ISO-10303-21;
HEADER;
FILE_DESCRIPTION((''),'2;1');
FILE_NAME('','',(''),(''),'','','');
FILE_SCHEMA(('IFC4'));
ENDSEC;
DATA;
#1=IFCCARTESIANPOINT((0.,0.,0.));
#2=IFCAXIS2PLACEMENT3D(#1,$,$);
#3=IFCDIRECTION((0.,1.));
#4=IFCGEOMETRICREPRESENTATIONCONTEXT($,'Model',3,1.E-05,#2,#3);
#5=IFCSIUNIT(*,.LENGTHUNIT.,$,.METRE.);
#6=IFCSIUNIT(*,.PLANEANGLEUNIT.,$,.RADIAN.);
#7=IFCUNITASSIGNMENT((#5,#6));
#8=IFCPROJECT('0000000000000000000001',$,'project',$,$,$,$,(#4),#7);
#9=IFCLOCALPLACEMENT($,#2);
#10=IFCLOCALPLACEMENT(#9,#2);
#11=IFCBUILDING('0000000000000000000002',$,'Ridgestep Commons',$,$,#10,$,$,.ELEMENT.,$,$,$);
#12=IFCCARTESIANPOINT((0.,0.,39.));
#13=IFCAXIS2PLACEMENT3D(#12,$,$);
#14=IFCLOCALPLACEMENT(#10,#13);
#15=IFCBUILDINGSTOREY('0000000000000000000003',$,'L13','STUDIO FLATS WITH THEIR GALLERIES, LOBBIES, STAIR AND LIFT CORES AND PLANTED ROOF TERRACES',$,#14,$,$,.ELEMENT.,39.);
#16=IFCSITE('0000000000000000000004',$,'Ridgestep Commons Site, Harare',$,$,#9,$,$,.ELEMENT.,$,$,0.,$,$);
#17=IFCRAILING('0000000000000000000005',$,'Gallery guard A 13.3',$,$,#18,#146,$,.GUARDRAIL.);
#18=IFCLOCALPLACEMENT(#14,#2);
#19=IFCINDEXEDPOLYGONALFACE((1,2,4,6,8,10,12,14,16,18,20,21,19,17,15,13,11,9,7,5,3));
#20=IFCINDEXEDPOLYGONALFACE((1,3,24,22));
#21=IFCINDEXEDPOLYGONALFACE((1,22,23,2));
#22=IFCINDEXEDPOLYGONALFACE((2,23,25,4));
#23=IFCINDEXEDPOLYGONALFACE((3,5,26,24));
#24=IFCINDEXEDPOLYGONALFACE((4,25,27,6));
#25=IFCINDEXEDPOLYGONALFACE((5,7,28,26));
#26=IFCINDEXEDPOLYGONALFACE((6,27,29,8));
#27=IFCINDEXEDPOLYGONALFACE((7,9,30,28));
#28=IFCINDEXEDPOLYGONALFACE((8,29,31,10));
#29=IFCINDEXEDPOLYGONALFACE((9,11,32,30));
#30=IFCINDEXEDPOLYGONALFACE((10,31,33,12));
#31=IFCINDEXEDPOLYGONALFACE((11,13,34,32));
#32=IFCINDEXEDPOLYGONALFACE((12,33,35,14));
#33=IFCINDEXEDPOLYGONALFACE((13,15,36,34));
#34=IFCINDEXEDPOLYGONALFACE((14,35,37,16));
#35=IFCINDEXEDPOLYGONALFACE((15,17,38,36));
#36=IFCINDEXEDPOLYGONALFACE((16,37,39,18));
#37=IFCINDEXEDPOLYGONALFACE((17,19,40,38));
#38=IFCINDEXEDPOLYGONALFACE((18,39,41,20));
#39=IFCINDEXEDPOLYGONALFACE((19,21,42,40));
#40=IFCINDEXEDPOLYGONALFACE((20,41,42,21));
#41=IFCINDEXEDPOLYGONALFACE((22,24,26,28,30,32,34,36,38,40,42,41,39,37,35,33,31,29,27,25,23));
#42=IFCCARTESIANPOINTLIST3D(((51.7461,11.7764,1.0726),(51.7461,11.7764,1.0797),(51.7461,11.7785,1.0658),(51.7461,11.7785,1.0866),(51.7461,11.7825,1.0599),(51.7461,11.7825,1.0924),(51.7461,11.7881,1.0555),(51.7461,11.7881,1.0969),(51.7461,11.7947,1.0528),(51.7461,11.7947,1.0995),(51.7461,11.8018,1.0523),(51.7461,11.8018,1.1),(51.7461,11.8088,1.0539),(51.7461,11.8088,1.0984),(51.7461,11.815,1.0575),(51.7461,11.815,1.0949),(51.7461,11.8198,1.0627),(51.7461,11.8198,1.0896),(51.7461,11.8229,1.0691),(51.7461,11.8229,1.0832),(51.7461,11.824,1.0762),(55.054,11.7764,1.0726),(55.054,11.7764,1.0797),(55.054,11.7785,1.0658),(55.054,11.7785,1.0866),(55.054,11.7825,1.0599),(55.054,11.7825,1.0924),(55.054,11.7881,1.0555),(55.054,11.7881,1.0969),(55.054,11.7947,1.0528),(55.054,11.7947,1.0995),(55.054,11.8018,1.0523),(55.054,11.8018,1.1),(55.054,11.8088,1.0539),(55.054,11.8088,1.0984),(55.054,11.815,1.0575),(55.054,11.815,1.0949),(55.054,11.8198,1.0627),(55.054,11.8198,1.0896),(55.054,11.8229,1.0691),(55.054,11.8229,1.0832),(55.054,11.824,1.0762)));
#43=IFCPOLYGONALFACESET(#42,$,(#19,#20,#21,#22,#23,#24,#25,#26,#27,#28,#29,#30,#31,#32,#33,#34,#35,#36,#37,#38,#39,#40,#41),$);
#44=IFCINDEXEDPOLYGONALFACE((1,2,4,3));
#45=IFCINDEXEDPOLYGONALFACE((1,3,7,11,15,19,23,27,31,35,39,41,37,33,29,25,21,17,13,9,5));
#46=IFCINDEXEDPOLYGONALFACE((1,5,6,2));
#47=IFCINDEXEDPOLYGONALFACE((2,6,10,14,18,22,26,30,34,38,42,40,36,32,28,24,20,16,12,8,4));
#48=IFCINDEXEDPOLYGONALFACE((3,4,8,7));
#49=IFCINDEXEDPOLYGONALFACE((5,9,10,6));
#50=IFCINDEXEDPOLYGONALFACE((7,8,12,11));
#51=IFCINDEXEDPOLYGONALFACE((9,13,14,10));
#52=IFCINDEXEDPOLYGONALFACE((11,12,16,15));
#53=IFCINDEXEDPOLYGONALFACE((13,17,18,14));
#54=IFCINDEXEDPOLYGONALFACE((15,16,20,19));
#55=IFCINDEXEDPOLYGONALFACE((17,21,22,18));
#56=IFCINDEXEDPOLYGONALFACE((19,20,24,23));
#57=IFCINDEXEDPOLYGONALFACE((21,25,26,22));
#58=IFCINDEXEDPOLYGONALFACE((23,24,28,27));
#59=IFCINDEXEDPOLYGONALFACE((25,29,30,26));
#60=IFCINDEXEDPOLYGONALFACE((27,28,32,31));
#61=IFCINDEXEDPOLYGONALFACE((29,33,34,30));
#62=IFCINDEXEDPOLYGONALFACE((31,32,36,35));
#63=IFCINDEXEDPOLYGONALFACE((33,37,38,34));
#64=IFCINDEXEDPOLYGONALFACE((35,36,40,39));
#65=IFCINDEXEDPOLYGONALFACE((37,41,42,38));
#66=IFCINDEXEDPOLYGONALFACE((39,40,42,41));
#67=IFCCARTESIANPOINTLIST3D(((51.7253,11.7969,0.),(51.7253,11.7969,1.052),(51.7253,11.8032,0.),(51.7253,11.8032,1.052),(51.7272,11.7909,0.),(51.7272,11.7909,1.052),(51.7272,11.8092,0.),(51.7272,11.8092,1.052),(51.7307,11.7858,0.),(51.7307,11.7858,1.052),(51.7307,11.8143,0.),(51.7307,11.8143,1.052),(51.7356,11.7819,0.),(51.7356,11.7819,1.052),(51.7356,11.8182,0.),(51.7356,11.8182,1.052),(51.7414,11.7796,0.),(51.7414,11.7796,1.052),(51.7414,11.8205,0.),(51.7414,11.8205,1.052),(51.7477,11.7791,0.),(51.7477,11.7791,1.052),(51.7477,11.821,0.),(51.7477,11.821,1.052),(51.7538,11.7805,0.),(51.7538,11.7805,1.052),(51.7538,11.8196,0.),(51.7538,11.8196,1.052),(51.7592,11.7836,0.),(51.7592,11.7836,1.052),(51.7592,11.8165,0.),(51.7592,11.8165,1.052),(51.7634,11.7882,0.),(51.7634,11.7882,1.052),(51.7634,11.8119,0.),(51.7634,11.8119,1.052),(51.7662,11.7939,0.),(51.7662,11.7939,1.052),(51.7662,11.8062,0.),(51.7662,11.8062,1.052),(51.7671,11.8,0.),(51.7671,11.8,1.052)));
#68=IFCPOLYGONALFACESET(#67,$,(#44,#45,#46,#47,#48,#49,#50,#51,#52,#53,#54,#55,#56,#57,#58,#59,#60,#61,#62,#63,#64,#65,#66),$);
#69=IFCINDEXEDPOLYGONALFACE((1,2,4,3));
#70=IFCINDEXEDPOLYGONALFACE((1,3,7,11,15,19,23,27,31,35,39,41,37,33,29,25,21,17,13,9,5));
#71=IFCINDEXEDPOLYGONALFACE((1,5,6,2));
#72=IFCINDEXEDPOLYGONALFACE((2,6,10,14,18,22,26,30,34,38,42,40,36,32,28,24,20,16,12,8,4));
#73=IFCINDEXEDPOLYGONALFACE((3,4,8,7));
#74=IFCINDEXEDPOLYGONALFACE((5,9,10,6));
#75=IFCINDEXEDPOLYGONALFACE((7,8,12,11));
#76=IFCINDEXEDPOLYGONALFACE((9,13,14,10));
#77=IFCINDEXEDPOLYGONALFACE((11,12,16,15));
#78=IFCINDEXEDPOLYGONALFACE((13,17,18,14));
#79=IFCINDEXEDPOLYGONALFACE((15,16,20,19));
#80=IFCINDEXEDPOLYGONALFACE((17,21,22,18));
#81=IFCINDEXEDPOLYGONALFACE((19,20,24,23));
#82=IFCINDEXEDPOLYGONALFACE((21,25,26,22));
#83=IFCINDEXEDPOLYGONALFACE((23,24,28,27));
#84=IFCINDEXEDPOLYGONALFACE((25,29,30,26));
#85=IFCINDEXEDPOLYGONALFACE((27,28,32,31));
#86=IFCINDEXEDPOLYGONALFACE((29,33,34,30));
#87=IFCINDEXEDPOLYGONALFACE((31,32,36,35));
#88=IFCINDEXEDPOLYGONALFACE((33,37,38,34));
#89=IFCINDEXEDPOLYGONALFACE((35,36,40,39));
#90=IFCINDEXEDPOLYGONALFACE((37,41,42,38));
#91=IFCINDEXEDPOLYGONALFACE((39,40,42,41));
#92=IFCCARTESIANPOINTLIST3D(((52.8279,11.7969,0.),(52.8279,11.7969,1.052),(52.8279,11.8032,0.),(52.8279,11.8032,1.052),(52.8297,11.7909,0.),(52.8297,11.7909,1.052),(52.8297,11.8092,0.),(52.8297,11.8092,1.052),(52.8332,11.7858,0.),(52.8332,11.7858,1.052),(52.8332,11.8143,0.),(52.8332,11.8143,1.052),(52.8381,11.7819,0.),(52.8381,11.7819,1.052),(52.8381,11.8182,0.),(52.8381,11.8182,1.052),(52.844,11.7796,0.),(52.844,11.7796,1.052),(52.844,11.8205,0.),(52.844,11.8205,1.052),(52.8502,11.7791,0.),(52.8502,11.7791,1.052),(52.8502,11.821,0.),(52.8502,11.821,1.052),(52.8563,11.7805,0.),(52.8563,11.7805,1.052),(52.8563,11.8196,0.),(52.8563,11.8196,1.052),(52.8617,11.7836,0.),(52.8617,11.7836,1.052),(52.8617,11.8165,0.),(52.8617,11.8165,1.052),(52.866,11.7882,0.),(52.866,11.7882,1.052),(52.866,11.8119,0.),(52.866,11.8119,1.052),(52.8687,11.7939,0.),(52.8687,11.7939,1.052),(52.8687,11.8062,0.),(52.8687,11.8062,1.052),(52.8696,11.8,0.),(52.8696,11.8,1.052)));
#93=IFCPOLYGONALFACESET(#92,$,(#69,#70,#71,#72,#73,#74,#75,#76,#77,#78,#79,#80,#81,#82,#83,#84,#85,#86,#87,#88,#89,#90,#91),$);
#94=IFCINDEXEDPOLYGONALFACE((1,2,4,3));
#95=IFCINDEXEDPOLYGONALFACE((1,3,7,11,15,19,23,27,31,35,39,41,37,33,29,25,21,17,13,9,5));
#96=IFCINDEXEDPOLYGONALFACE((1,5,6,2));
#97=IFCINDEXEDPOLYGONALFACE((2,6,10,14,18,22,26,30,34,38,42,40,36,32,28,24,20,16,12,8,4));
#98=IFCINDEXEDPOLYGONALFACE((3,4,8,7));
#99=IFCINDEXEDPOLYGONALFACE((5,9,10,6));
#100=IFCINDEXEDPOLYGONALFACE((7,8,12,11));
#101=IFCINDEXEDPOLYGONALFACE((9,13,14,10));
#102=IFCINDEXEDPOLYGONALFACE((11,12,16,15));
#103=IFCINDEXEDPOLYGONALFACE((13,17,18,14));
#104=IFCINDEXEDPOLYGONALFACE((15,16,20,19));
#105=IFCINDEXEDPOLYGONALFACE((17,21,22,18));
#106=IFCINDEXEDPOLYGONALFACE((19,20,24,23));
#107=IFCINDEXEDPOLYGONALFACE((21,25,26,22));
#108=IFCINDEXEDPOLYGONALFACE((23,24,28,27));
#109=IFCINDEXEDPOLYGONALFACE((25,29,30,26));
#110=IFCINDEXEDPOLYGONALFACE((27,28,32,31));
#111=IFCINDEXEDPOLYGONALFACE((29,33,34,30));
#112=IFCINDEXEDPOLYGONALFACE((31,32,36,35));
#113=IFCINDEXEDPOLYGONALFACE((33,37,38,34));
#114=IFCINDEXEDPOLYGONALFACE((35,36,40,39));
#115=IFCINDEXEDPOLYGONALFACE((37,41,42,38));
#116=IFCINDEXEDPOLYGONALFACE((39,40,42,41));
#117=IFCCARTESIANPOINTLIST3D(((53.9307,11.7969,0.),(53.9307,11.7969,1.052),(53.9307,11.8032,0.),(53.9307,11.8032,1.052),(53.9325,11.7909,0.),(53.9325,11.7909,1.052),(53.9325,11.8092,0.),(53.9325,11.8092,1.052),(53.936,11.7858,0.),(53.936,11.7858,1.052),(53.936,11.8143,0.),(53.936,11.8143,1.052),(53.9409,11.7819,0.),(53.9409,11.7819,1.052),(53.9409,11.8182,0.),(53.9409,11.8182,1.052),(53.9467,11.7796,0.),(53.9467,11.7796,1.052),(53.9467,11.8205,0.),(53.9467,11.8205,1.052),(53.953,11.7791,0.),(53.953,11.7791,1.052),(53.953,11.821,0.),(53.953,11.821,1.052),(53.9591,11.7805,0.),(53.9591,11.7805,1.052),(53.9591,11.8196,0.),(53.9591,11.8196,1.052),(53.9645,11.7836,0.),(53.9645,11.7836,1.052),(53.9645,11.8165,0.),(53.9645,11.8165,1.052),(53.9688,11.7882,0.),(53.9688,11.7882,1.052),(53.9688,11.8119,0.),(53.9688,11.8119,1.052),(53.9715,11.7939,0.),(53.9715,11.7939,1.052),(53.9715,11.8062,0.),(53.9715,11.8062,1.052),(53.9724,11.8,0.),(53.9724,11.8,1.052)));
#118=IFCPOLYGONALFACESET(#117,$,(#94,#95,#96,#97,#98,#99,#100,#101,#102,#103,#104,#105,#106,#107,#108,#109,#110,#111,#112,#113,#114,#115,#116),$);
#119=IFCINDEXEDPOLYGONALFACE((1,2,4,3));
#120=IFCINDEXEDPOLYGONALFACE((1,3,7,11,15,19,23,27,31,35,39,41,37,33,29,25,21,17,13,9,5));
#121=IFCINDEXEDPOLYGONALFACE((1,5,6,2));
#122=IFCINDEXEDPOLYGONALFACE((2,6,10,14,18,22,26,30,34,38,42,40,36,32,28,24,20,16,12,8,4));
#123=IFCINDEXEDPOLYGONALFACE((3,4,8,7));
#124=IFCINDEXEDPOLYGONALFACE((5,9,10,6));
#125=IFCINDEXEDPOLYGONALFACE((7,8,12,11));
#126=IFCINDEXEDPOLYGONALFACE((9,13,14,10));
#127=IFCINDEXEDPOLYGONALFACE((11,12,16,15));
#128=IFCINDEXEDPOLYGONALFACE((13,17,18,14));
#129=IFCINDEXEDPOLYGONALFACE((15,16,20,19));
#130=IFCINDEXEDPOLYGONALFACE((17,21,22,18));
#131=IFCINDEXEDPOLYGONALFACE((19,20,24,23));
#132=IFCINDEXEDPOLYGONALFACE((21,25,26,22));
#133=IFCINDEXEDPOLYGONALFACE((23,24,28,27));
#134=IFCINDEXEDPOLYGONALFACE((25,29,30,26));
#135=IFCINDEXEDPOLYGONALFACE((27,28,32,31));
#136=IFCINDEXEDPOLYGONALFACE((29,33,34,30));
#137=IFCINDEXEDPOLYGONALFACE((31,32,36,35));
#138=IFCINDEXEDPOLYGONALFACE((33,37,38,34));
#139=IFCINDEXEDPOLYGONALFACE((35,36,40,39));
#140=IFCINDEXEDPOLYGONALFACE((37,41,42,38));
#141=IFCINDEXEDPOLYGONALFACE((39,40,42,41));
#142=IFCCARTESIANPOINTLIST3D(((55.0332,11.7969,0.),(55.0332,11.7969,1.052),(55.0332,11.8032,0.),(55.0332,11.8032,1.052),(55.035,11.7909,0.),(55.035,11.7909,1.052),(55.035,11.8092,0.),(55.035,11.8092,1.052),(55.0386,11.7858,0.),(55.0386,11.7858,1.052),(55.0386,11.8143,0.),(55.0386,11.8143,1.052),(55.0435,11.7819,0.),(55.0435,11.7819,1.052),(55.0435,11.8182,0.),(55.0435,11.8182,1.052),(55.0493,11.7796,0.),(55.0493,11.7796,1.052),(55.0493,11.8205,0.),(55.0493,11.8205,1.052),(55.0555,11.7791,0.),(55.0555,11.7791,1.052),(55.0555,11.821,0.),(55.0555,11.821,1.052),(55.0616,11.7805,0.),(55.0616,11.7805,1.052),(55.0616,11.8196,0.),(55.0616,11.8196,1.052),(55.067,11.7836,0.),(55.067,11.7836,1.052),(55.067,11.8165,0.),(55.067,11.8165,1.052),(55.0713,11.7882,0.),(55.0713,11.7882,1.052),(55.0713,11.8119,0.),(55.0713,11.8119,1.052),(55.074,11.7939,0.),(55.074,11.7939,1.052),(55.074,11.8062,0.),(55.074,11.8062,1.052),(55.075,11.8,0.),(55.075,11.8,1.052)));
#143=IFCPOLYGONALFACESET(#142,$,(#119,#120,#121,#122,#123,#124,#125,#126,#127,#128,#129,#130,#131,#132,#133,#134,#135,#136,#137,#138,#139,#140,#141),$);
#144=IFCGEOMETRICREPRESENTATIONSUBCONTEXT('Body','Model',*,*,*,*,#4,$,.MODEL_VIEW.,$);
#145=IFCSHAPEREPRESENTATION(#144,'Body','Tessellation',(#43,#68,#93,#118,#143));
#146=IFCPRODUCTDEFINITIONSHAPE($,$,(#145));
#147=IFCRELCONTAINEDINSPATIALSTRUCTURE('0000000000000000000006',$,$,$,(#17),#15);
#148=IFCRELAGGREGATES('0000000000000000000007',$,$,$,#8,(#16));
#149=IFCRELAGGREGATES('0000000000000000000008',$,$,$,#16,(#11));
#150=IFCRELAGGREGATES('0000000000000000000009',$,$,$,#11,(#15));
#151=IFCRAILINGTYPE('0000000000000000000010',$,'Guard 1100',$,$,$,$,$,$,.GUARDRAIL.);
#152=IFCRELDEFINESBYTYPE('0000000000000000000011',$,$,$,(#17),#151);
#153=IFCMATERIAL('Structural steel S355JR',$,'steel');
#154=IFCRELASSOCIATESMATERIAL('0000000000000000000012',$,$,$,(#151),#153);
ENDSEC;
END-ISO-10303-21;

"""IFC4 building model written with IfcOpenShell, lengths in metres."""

from ifc_helpers import new_model, si_unit, direction, frame, origin, origin_2d, place, context, subcontext, project, spatial, circle, extrude, material, type_object, element, save


model = new_model("IFC4")

# Units and contexts
model_context = context("Model", 3, precision=1e-05, world=origin(), true_north=direction((0.0, 1.0)))
body_context = subcontext(model_context, "Body", "Model", "MODEL_VIEW")
ifc_project = project(units=[si_unit("LENGTHUNIT", "METRE"), si_unit("PLANEANGLEUNIT", "RADIAN")], contexts=[model_context])

# Site, building, storey
site_placement = place(None, origin())
site = spatial("IfcSite", under=ifc_project, at=site_placement, Name="Ridgestep Commons Site, Harare", CompositionType="ELEMENT", RefElevation=0.0)
building_placement = place(site_placement, origin())
building = spatial("IfcBuilding", under=site, at=building_placement, Name="Ridgestep Commons", CompositionType="ELEMENT")
storey_placement = place(building_placement, frame((0.0, 0.0, 39.0)))
storey = spatial("IfcBuildingStorey", under=building, at=storey_placement, Name="L13", Description="STUDIO FLATS WITH THEIR GALLERIES, LOBBIES, STAIR AND LIFT CORES AND PLANTED ROOF TERRACES", CompositionType="ELEMENT", Elevation=39.0)

# Railing
ifc_material_1 = material(Name="Structural steel S355JR", Category="steel")
railing_type = type_object("IfcRailingType", Name="Guard 1100", PredefinedType="GUARDRAIL", material=ifc_material_1)
railing_placement = place(storey_placement, frame((51.7461, 11.8, 0.0)))
element("IfcRailing", 1, at=railing_placement, inside=storey, type_object=railing_type, Name="Gallery guard A 13.3", PredefinedType="GUARDRAIL", context=body_context, shape_type="SweptSolid", body=[
    extrude(circle(Radius=0.0239, at=origin_2d()), frame((0.0, 0.0, 1.0762), z_axis=(1.0, 0.0, 0.0), x_axis=(0.0, 1.0, 0.0)), (0.0, 0.0, 1.0), 3.3079),
    extrude(circle(Radius=0.021, at=origin_2d()), origin(), (0.0, 0.0, 1.0), 1.052),
    extrude(circle(Radius=0.021, at=origin_2d()), frame((1.1025, 0.0, 0.0)), (0.0, 0.0, 1.0), 1.052),
    extrude(circle(Radius=0.021, at=origin_2d()), frame((2.2053, 0.0, 0.0)), (0.0, 0.0, 1.0), 1.052),
    extrude(circle(Radius=0.021, at=origin_2d()), frame((3.3079, 0.0, 0.0)), (0.0, 0.0, 1.0), 1.052),
])

save(model, "model.ifc")
